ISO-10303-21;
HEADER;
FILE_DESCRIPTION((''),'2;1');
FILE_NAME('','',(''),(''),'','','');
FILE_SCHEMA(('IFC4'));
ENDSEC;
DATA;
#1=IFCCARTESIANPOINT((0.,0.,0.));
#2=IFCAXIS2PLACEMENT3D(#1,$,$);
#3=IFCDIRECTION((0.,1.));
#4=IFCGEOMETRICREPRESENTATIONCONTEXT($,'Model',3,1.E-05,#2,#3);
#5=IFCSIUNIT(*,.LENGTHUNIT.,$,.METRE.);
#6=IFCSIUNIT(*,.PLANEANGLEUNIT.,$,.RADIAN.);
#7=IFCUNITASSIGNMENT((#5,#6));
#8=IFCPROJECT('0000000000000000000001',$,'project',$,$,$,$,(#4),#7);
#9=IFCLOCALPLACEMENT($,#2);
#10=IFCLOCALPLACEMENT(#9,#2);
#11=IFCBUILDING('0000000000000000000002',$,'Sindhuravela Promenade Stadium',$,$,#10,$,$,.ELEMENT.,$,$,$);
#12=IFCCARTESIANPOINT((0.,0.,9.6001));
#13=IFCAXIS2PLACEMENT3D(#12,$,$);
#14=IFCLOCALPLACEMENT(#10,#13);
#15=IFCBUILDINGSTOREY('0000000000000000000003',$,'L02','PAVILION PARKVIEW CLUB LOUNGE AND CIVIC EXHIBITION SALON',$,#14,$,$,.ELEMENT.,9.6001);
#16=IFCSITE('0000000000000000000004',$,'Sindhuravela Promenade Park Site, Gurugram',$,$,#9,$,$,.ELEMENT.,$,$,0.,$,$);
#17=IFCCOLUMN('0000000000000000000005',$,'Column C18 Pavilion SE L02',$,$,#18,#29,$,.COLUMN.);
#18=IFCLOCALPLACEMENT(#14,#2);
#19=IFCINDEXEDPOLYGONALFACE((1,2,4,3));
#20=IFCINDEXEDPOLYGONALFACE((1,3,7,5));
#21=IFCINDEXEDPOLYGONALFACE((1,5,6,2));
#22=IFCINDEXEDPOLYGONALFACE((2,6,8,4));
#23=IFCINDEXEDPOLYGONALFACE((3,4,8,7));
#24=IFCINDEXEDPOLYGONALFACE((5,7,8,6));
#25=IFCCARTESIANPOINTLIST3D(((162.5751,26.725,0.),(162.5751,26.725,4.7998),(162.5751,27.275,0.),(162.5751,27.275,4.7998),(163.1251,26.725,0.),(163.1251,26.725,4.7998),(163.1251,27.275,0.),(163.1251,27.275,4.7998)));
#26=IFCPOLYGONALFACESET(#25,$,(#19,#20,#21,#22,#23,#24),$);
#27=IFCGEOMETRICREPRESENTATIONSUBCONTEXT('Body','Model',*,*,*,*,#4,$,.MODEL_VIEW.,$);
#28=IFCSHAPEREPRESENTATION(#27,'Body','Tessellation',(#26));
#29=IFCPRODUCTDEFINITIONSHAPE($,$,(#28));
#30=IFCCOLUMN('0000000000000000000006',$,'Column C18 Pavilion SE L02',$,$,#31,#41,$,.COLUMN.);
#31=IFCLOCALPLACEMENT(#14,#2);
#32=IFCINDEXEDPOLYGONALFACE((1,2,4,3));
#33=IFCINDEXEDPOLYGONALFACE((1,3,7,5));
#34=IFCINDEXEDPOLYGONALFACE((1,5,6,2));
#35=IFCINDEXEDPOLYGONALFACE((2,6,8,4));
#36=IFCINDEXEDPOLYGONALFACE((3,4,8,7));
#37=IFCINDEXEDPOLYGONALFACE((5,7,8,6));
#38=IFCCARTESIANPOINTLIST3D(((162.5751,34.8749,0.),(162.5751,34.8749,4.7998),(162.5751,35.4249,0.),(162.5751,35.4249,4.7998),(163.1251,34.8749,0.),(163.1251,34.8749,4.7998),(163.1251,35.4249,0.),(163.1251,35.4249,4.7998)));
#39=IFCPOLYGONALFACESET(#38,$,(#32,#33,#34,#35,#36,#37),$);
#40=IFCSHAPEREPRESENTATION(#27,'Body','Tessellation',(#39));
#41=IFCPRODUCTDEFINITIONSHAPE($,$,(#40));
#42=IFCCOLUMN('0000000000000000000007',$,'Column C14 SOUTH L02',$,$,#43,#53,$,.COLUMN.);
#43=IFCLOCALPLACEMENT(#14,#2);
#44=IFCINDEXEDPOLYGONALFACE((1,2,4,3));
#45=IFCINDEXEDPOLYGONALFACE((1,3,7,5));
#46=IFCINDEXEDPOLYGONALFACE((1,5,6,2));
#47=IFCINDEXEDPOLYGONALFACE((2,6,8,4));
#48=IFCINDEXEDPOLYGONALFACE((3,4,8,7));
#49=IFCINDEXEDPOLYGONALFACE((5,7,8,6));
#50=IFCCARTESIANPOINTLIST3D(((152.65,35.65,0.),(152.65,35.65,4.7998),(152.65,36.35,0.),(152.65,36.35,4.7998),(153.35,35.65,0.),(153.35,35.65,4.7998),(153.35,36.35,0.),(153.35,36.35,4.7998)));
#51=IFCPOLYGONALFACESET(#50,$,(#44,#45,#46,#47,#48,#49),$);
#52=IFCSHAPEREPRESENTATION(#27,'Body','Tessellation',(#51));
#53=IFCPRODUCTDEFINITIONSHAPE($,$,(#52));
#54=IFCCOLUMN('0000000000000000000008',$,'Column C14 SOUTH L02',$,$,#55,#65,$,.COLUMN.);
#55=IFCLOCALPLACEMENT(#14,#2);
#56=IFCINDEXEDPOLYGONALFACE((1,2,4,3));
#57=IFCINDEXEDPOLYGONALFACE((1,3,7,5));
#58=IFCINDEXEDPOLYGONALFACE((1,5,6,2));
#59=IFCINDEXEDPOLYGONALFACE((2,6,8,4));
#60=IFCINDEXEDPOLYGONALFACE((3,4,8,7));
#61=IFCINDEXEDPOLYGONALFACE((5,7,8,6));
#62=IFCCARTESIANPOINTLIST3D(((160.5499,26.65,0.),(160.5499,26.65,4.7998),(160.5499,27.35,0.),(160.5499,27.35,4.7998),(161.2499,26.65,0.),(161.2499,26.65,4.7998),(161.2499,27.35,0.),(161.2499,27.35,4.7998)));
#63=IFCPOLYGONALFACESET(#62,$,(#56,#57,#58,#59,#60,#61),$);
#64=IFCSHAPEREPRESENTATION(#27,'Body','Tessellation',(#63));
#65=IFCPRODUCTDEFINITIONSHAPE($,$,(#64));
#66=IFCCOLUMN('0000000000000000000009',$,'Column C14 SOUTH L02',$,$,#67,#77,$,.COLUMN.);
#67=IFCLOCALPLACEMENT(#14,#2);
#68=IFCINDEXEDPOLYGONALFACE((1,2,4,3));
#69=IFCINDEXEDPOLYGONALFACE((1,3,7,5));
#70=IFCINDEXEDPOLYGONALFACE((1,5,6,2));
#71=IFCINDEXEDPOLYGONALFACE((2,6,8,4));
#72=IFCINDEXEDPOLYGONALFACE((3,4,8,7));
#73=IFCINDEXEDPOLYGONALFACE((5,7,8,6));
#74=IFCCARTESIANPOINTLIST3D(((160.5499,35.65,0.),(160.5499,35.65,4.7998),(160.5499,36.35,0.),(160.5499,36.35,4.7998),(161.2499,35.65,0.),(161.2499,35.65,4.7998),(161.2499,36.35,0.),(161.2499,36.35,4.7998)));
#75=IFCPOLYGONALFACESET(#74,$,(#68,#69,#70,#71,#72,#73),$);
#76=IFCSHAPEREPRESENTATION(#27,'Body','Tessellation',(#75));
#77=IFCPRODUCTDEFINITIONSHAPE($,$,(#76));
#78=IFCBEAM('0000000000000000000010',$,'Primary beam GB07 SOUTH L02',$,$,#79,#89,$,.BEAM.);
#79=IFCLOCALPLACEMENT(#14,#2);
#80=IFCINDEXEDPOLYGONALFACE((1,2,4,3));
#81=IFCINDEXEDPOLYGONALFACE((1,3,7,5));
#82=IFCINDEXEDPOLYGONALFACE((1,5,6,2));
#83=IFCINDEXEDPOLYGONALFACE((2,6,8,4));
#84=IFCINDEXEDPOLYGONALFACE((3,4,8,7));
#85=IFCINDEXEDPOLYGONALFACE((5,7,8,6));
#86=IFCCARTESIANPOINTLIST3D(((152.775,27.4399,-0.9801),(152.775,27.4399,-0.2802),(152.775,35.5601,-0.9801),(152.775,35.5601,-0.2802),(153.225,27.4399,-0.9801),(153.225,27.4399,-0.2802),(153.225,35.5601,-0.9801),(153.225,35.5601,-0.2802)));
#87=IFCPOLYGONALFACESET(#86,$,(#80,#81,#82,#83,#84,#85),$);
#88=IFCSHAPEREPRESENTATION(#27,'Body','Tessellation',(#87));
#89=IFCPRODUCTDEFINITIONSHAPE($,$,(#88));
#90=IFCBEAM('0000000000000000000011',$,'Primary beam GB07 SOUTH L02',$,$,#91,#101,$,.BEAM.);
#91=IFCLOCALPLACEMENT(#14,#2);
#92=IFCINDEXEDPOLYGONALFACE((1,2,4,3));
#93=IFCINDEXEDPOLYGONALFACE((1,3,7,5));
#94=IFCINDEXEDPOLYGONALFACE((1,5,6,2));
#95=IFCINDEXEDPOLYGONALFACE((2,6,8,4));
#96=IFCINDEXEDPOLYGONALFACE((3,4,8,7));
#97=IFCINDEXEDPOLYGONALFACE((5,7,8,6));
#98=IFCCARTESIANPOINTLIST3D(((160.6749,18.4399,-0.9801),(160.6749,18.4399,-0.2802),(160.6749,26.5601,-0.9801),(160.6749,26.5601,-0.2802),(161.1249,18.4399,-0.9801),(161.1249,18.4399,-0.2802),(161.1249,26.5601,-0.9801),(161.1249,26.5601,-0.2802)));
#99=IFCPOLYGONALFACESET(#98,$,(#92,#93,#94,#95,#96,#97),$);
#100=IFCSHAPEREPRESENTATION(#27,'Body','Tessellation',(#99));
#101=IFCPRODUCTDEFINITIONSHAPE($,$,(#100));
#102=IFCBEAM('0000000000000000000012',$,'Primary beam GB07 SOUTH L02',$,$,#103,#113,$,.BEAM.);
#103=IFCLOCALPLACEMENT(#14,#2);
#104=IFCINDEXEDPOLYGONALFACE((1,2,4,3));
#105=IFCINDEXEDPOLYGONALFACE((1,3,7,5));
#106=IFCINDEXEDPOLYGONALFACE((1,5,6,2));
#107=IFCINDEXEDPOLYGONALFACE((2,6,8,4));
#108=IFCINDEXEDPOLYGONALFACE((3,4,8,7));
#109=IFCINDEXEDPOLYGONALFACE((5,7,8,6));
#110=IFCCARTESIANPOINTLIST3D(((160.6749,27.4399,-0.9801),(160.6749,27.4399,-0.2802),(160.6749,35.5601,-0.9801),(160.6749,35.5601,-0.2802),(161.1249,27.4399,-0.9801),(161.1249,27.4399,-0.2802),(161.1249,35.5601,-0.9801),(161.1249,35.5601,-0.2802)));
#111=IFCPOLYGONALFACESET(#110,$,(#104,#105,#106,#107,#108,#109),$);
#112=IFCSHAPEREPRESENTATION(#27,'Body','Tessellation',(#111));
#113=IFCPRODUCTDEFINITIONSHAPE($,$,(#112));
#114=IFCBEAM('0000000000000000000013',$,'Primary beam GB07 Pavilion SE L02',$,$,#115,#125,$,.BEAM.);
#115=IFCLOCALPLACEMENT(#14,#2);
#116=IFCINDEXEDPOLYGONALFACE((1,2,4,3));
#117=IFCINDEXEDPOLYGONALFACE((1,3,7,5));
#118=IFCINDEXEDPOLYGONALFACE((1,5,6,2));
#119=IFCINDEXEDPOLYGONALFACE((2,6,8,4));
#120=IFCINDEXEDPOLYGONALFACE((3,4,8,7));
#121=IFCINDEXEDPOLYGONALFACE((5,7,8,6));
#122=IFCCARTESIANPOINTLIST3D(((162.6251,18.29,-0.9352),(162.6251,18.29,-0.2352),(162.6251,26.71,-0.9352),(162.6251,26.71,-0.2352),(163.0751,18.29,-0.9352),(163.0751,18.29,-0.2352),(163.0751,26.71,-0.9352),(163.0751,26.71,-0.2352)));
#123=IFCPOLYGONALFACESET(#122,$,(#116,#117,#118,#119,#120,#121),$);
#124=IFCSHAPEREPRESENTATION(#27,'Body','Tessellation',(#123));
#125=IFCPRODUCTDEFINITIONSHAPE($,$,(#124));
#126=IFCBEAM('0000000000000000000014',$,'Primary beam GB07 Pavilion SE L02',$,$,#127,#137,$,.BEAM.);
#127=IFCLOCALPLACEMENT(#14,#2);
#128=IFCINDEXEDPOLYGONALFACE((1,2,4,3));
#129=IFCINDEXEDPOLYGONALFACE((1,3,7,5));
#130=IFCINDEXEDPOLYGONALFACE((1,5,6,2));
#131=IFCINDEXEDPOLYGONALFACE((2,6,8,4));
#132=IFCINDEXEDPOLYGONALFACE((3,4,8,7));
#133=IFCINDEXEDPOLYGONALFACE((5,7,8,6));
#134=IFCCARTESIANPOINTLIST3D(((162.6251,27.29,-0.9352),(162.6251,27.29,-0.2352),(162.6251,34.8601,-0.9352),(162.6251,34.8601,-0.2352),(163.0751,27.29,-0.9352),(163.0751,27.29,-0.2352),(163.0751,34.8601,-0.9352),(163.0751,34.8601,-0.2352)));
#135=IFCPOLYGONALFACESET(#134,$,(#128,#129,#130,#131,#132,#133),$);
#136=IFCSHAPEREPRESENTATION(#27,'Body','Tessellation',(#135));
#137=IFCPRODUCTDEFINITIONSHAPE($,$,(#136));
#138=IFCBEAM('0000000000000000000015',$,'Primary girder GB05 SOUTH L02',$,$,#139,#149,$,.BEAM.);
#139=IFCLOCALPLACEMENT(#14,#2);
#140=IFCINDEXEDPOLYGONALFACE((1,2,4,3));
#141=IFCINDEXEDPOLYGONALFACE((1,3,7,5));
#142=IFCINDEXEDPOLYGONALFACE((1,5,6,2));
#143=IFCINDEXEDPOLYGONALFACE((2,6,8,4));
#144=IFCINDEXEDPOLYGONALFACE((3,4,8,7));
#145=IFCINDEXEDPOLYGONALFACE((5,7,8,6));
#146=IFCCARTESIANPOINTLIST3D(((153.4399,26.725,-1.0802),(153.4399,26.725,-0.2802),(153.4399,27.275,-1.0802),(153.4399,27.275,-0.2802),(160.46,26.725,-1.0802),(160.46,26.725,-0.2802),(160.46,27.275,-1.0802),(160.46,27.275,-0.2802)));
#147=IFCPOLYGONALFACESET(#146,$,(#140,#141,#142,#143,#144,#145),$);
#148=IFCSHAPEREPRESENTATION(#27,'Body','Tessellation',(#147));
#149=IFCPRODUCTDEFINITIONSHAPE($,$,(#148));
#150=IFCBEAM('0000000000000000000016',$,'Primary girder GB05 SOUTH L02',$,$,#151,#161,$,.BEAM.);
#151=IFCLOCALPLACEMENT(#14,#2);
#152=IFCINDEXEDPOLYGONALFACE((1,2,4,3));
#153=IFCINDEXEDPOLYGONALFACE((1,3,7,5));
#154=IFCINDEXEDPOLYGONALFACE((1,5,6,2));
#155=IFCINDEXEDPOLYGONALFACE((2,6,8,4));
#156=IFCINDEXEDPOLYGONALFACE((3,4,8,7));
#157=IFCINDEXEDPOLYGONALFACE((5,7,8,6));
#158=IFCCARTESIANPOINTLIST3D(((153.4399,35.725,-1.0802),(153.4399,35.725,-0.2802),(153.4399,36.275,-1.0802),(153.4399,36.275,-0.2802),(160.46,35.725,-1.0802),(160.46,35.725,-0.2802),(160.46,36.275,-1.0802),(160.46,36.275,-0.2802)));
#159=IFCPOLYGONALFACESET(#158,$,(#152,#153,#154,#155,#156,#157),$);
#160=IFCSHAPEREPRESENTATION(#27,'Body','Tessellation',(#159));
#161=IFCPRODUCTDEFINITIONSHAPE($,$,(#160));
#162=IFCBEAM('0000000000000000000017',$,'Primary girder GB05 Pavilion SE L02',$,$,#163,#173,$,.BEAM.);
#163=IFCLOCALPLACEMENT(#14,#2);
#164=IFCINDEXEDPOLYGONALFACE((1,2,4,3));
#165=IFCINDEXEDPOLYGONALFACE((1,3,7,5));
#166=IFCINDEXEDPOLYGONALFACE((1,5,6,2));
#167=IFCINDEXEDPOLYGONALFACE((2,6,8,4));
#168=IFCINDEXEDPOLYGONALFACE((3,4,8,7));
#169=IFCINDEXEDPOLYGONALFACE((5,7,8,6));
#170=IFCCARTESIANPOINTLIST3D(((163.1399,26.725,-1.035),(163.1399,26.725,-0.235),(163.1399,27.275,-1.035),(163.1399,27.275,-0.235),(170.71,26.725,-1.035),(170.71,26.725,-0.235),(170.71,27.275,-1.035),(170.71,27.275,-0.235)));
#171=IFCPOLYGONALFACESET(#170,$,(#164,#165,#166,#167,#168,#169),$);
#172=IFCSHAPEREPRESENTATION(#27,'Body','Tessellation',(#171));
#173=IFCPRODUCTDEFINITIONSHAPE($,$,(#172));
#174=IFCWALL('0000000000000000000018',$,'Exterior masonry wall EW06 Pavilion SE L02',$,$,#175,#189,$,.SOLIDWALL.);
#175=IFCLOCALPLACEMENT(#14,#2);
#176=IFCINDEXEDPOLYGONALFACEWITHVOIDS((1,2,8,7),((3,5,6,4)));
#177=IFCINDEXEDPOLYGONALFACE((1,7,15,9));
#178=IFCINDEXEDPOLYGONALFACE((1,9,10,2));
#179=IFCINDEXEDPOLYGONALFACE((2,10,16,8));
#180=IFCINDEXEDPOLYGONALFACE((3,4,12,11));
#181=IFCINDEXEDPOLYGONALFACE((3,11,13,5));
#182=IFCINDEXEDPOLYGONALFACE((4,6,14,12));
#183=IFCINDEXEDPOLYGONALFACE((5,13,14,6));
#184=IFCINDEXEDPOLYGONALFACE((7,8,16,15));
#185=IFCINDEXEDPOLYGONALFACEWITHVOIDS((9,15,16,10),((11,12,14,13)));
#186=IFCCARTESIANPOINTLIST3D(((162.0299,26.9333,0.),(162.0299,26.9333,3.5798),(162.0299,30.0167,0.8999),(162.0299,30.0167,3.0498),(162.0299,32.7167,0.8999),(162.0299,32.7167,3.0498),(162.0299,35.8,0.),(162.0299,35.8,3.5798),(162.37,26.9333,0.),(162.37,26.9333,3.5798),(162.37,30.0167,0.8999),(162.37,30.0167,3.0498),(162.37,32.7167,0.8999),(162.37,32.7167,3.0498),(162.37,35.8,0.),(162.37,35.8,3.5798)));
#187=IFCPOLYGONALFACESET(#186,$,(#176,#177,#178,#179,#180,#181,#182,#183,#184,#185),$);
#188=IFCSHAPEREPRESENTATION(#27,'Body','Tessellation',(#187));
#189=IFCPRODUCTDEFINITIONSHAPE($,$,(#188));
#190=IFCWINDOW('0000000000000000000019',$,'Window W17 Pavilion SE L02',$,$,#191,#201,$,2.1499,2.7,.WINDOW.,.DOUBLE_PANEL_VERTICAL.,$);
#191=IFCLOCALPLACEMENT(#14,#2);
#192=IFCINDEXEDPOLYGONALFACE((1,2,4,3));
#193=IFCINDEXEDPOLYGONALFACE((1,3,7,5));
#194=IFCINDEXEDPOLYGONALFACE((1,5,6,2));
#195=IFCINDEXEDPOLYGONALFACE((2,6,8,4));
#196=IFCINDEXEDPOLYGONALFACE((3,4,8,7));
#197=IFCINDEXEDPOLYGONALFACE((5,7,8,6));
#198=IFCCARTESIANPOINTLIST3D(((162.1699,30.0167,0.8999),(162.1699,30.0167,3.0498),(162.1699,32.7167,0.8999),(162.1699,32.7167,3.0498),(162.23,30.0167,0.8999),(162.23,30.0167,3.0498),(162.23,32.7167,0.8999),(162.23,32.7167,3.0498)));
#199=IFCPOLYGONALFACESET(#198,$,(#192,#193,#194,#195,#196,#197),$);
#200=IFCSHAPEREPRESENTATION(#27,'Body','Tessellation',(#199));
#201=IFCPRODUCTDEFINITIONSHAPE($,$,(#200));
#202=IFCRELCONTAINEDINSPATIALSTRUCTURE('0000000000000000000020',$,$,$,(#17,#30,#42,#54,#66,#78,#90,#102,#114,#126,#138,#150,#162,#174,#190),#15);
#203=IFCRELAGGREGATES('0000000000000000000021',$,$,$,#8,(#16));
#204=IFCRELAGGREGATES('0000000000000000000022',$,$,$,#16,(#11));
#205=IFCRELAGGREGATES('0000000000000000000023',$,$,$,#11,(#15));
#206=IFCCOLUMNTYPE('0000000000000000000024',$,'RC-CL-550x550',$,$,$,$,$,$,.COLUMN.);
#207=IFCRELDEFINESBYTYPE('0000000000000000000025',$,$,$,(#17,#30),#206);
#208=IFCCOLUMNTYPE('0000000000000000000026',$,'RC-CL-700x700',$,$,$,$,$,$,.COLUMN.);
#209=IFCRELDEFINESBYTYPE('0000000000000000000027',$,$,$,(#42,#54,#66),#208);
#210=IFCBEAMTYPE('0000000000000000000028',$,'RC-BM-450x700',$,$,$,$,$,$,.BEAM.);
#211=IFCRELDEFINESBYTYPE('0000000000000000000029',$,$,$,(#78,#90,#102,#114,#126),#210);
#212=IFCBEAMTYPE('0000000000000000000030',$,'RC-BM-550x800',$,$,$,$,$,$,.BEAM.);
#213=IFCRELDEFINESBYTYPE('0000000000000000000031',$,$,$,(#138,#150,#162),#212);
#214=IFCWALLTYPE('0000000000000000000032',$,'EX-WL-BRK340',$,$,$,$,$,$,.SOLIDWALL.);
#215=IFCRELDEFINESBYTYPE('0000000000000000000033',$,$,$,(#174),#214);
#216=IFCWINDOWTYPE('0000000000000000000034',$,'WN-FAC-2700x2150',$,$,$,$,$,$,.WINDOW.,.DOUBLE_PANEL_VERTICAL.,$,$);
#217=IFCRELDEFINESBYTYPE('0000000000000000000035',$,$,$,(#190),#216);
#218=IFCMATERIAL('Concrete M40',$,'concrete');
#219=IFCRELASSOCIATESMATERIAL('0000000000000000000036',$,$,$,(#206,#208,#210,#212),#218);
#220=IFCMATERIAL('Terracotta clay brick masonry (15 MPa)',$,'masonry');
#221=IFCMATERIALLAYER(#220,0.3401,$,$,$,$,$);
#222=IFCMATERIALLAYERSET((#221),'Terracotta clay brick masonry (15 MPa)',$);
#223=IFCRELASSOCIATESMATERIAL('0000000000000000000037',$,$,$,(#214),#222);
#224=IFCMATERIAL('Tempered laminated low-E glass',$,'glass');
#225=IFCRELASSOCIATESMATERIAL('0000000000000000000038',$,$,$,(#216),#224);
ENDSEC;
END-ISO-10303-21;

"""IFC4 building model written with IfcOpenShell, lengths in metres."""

from ifc_helpers import new_model, si_unit, direction, frame, frame_2d, origin, origin_2d, place, context, subcontext, project, spatial, rectangle, extrude, material, layer, layer_set, material_profile, profile_set, type_object, element, fill, save


model = new_model("IFC4")

# Units and contexts
model_context = context("Model", 3, precision=1e-05, world=origin(), true_north=direction((0.0, 1.0)))
body_context = subcontext(model_context, "Body", "Model", "MODEL_VIEW")
ifc_project = project(units=[si_unit("LENGTHUNIT", "METRE"), si_unit("PLANEANGLEUNIT", "RADIAN")], contexts=[model_context])

# Site, building, storey
site_placement = place(None, origin())
site = spatial("IfcSite", under=ifc_project, at=site_placement, Name="Sindhuravela Promenade Park Site, Gurugram", CompositionType="ELEMENT", RefElevation=0.0)
building_placement = place(site_placement, origin())
building = spatial("IfcBuilding", under=site, at=building_placement, Name="Sindhuravela Promenade Stadium", CompositionType="ELEMENT")
storey_placement = place(building_placement, frame((0.0, 0.0, 9.6001)))
storey = spatial("IfcBuildingStorey", under=building, at=storey_placement, Name="L02", Description="PAVILION PARKVIEW CLUB LOUNGE AND CIVIC EXHIBITION SALON", CompositionType="ELEMENT", Elevation=9.6001)

# Columns
ifc_material_1 = material(Name="Concrete M40", Category="concrete")
ifc_material_profile_1 = material_profile(ifc_material_1, rectangle(XDim=0.55, YDim=0.55, at=origin_2d()), Name="RC 550x550")
ifc_profile_set_1 = profile_set([ifc_material_profile_1], Name="Concrete M40")
column_type_1 = type_object("IfcColumnType", Name="RC-CL-550x550", PredefinedType="COLUMN", material=ifc_profile_set_1)
for number, where, z_axis, x_axis, name in (
    (1, (162.8501, 27.0, 0.0), (0.0, 0.0, 1.0), (1.0, 0.0, 0.0), "Column C18 Pavilion SE L02"),
    (2, (162.8501, 35.1499, 0.0), (0.0, 0.0, 1.0), (1.0, 0.0, 0.0), "Column C18 Pavilion SE L02"),
):
    element("IfcColumn", number, at=place(storey_placement, frame(where, z_axis=z_axis, x_axis=x_axis)), inside=storey, type_object=column_type_1, Name=name, PredefinedType="COLUMN", context=body_context, shape_type="SweptSolid", body=[
        extrude(rectangle(XDim=0.55, YDim=0.55, at=origin_2d()), origin(), (0.0, 0.0, 1.0), 4.7998),
    ])
ifc_material_profile_2 = material_profile(ifc_material_1, rectangle(XDim=0.7, YDim=0.7, at=origin_2d()), Name="RC 700x700")
ifc_profile_set_2 = profile_set([ifc_material_profile_2], Name="Concrete M40")
column_type_2 = type_object("IfcColumnType", Name="RC-CL-700x700", PredefinedType="COLUMN", material=ifc_profile_set_2)
for number, where, z_axis, x_axis, name in (
    (3, (153.0, 36.0, 0.0), (0.0, 0.0, 1.0), (1.0, 0.0, 0.0), "Column C14 SOUTH L02"),
    (4, (160.8999, 27.0, 0.0), (0.0, 0.0, 1.0), (1.0, 0.0, 0.0), "Column C14 SOUTH L02"),
    (5, (160.8999, 36.0, 0.0), (0.0, 0.0, 1.0), (1.0, 0.0, 0.0), "Column C14 SOUTH L02"),
):
    element("IfcColumn", number, at=place(storey_placement, frame(where, z_axis=z_axis, x_axis=x_axis)), inside=storey, type_object=column_type_2, Name=name, PredefinedType="COLUMN", context=body_context, shape_type="SweptSolid", body=[
        extrude(rectangle(XDim=0.7, YDim=0.7, at=origin_2d()), origin(), (0.0, 0.0, 1.0), 4.7998),
    ])

# Beams
ifc_material_profile_3 = material_profile(ifc_material_1, rectangle(XDim=0.45, YDim=0.7, at=origin_2d()), Name="RC 450x700")
ifc_profile_set_3 = profile_set([ifc_material_profile_3], Name="Concrete M40")
beam_type_1 = type_object("IfcBeamType", Name="RC-BM-450x700", PredefinedType="BEAM", material=ifc_profile_set_3)
for number, where, z_axis, x_axis, name in (
    (6, (153.0, 27.4399, -0.6301), (0.0, 1.0, 0.0), (-1.0, 0.0, 0.0), "Primary beam GB07 SOUTH L02"),
    (7, (160.8999, 18.4399, -0.6301), (0.0, 1.0, 0.0), (-1.0, 0.0, 0.0), "Primary beam GB07 SOUTH L02"),
    (8, (160.8999, 27.4399, -0.6301), (0.0, 1.0, 0.0), (-1.0, 0.0, 0.0), "Primary beam GB07 SOUTH L02"),
):
    element("IfcBeam", number, at=place(storey_placement, frame(where, z_axis=z_axis, x_axis=x_axis)), inside=storey, type_object=beam_type_1, Name=name, PredefinedType="BEAM", context=body_context, shape_type="SweptSolid", body=[
        extrude(rectangle(XDim=0.45, YDim=0.7, at=origin_2d()), origin(), (0.0, 0.0, 1.0), 8.1201),
    ])
beam_1_placement = place(storey_placement, frame((162.8501, 18.29, -0.5852), z_axis=(0.0, 1.0, 0.0), x_axis=(-1.0, 0.0, 0.0)))
element("IfcBeam", 9, at=beam_1_placement, inside=storey, type_object=beam_type_1, Name="Primary beam GB07 Pavilion SE L02", PredefinedType="BEAM", context=body_context, shape_type="SweptSolid", body=[
    extrude(rectangle(XDim=0.45, YDim=0.7, at=origin_2d()), origin(), (0.0, 0.0, 1.0), 8.4199),
])
beam_2_placement = place(storey_placement, frame((162.8501, 27.29, -0.5852), z_axis=(0.0, 1.0, 0.0), x_axis=(-1.0, 0.0, 0.0)))
element("IfcBeam", 10, at=beam_2_placement, inside=storey, type_object=beam_type_1, Name="Primary beam GB07 Pavilion SE L02", PredefinedType="BEAM", context=body_context, shape_type="SweptSolid", body=[
    extrude(rectangle(XDim=0.45, YDim=0.7, at=origin_2d()), origin(), (0.0, 0.0, 1.0), 7.5701),
])
ifc_material_profile_4 = material_profile(ifc_material_1, rectangle(XDim=0.55, YDim=0.8, at=origin_2d()), Name="RC 550x800")
ifc_profile_set_4 = profile_set([ifc_material_profile_4], Name="Concrete M40")
beam_type_2 = type_object("IfcBeamType", Name="RC-BM-550x800", PredefinedType="BEAM", material=ifc_profile_set_4)
for number, where, z_axis, x_axis, name in (
    (11, (153.4399, 27.0, -0.6802), (1.0, 0.0, 0.0), (0.0, 1.0, 0.0), "Primary girder GB05 SOUTH L02"),
    (12, (153.4399, 36.0, -0.6802), (1.0, 0.0, 0.0), (0.0, 1.0, 0.0), "Primary girder GB05 SOUTH L02"),
):
    element("IfcBeam", number, at=place(storey_placement, frame(where, z_axis=z_axis, x_axis=x_axis)), inside=storey, type_object=beam_type_2, Name=name, PredefinedType="BEAM", context=body_context, shape_type="SweptSolid", body=[
        extrude(rectangle(XDim=0.55, YDim=0.8, at=origin_2d()), origin(), (0.0, 0.0, 1.0), 7.02),
    ])
beam_3_placement = place(storey_placement, frame((163.1399, 27.0, -0.635), z_axis=(1.0, 0.0, 0.0), x_axis=(0.0, 1.0, 0.0)))
element("IfcBeam", 13, at=beam_3_placement, inside=storey, type_object=beam_type_2, Name="Primary girder GB05 Pavilion SE L02", PredefinedType="BEAM", context=body_context, shape_type="SweptSolid", body=[
    extrude(rectangle(XDim=0.55, YDim=0.8, at=origin_2d()), origin(), (0.0, 0.0, 1.0), 7.5701),
])

# Wall, opening, window
ifc_material_2 = material(Name="Terracotta clay brick masonry (15 MPa)", Category="masonry")
ifc_layer_1 = layer(ifc_material_2, 0.3401)
ifc_layer_set_1 = layer_set([ifc_layer_1], Name="Terracotta clay brick masonry (15 MPa)")
wall_type_1 = type_object("IfcWallType", Name="EX-WL-BRK340", PredefinedType="SOLIDWALL", material=ifc_layer_set_1)
wall_1_placement = place(storey_placement, frame((162.2, 26.9333, 0.0), z_axis=(0.0, 0.0, 1.0), x_axis=(0.0, 1.0, 0.0)))
wall_1 = element("IfcWall", 14, at=wall_1_placement, inside=storey, type_object=wall_type_1, Name="Exterior masonry wall EW06 Pavilion SE L02", PredefinedType="SOLIDWALL", context=body_context, shape_type="SweptSolid", body=[
    extrude(rectangle(XDim=8.8667, YDim=0.3401, at=frame_2d((4.4333, 0.0))), origin(), (0.0, 0.0, 1.0), 3.5798),
])
opening_1_placement = place(wall_1_placement, frame((3.0833, 0.0, 0.8999)))
opening_1 = element("IfcOpeningElement", 15, at=opening_1_placement, cuts=wall_1, PredefinedType="OPENING", context=body_context, shape_type="SweptSolid", body=[
    extrude(rectangle(XDim=2.7, YDim=2.1499, at=frame_2d((1.3501, 1.075))), frame((0.0, 0.1799, 0.0), z_axis=(0.0, -1.0, 0.0), x_axis=(1.0, 0.0, 0.0)), (0.0, 0.0, 1.0), 0.3601),
])
ifc_material_3 = material(Name="Tempered laminated low-E glass", Category="glass")
window_type_1 = type_object("IfcWindowType", Name="WN-FAC-2700x2150", PartitioningType="DOUBLE_PANEL_VERTICAL", PredefinedType="WINDOW", material=ifc_material_3)
window_1_placement = place(opening_1_placement, origin())
window_1 = element("IfcWindow", 16, at=window_1_placement, inside=storey, type_object=window_type_1, Name="Window W17 Pavilion SE L02", OverallHeight=2.1499, OverallWidth=2.7, PartitioningType="DOUBLE_PANEL_VERTICAL", PredefinedType="WINDOW", context=body_context, shape_type="SweptSolid", body=[
    extrude(rectangle(XDim=2.7, YDim=2.1499, at=frame_2d((1.3501, 1.075))), frame((0.0, 0.03, 0.0), z_axis=(0.0, -1.0, 0.0), x_axis=(1.0, 0.0, 0.0)), (0.0, 0.0, 1.0), 0.0601),
])
fill(opening_1, window_1)

save(model, "model.ifc")
